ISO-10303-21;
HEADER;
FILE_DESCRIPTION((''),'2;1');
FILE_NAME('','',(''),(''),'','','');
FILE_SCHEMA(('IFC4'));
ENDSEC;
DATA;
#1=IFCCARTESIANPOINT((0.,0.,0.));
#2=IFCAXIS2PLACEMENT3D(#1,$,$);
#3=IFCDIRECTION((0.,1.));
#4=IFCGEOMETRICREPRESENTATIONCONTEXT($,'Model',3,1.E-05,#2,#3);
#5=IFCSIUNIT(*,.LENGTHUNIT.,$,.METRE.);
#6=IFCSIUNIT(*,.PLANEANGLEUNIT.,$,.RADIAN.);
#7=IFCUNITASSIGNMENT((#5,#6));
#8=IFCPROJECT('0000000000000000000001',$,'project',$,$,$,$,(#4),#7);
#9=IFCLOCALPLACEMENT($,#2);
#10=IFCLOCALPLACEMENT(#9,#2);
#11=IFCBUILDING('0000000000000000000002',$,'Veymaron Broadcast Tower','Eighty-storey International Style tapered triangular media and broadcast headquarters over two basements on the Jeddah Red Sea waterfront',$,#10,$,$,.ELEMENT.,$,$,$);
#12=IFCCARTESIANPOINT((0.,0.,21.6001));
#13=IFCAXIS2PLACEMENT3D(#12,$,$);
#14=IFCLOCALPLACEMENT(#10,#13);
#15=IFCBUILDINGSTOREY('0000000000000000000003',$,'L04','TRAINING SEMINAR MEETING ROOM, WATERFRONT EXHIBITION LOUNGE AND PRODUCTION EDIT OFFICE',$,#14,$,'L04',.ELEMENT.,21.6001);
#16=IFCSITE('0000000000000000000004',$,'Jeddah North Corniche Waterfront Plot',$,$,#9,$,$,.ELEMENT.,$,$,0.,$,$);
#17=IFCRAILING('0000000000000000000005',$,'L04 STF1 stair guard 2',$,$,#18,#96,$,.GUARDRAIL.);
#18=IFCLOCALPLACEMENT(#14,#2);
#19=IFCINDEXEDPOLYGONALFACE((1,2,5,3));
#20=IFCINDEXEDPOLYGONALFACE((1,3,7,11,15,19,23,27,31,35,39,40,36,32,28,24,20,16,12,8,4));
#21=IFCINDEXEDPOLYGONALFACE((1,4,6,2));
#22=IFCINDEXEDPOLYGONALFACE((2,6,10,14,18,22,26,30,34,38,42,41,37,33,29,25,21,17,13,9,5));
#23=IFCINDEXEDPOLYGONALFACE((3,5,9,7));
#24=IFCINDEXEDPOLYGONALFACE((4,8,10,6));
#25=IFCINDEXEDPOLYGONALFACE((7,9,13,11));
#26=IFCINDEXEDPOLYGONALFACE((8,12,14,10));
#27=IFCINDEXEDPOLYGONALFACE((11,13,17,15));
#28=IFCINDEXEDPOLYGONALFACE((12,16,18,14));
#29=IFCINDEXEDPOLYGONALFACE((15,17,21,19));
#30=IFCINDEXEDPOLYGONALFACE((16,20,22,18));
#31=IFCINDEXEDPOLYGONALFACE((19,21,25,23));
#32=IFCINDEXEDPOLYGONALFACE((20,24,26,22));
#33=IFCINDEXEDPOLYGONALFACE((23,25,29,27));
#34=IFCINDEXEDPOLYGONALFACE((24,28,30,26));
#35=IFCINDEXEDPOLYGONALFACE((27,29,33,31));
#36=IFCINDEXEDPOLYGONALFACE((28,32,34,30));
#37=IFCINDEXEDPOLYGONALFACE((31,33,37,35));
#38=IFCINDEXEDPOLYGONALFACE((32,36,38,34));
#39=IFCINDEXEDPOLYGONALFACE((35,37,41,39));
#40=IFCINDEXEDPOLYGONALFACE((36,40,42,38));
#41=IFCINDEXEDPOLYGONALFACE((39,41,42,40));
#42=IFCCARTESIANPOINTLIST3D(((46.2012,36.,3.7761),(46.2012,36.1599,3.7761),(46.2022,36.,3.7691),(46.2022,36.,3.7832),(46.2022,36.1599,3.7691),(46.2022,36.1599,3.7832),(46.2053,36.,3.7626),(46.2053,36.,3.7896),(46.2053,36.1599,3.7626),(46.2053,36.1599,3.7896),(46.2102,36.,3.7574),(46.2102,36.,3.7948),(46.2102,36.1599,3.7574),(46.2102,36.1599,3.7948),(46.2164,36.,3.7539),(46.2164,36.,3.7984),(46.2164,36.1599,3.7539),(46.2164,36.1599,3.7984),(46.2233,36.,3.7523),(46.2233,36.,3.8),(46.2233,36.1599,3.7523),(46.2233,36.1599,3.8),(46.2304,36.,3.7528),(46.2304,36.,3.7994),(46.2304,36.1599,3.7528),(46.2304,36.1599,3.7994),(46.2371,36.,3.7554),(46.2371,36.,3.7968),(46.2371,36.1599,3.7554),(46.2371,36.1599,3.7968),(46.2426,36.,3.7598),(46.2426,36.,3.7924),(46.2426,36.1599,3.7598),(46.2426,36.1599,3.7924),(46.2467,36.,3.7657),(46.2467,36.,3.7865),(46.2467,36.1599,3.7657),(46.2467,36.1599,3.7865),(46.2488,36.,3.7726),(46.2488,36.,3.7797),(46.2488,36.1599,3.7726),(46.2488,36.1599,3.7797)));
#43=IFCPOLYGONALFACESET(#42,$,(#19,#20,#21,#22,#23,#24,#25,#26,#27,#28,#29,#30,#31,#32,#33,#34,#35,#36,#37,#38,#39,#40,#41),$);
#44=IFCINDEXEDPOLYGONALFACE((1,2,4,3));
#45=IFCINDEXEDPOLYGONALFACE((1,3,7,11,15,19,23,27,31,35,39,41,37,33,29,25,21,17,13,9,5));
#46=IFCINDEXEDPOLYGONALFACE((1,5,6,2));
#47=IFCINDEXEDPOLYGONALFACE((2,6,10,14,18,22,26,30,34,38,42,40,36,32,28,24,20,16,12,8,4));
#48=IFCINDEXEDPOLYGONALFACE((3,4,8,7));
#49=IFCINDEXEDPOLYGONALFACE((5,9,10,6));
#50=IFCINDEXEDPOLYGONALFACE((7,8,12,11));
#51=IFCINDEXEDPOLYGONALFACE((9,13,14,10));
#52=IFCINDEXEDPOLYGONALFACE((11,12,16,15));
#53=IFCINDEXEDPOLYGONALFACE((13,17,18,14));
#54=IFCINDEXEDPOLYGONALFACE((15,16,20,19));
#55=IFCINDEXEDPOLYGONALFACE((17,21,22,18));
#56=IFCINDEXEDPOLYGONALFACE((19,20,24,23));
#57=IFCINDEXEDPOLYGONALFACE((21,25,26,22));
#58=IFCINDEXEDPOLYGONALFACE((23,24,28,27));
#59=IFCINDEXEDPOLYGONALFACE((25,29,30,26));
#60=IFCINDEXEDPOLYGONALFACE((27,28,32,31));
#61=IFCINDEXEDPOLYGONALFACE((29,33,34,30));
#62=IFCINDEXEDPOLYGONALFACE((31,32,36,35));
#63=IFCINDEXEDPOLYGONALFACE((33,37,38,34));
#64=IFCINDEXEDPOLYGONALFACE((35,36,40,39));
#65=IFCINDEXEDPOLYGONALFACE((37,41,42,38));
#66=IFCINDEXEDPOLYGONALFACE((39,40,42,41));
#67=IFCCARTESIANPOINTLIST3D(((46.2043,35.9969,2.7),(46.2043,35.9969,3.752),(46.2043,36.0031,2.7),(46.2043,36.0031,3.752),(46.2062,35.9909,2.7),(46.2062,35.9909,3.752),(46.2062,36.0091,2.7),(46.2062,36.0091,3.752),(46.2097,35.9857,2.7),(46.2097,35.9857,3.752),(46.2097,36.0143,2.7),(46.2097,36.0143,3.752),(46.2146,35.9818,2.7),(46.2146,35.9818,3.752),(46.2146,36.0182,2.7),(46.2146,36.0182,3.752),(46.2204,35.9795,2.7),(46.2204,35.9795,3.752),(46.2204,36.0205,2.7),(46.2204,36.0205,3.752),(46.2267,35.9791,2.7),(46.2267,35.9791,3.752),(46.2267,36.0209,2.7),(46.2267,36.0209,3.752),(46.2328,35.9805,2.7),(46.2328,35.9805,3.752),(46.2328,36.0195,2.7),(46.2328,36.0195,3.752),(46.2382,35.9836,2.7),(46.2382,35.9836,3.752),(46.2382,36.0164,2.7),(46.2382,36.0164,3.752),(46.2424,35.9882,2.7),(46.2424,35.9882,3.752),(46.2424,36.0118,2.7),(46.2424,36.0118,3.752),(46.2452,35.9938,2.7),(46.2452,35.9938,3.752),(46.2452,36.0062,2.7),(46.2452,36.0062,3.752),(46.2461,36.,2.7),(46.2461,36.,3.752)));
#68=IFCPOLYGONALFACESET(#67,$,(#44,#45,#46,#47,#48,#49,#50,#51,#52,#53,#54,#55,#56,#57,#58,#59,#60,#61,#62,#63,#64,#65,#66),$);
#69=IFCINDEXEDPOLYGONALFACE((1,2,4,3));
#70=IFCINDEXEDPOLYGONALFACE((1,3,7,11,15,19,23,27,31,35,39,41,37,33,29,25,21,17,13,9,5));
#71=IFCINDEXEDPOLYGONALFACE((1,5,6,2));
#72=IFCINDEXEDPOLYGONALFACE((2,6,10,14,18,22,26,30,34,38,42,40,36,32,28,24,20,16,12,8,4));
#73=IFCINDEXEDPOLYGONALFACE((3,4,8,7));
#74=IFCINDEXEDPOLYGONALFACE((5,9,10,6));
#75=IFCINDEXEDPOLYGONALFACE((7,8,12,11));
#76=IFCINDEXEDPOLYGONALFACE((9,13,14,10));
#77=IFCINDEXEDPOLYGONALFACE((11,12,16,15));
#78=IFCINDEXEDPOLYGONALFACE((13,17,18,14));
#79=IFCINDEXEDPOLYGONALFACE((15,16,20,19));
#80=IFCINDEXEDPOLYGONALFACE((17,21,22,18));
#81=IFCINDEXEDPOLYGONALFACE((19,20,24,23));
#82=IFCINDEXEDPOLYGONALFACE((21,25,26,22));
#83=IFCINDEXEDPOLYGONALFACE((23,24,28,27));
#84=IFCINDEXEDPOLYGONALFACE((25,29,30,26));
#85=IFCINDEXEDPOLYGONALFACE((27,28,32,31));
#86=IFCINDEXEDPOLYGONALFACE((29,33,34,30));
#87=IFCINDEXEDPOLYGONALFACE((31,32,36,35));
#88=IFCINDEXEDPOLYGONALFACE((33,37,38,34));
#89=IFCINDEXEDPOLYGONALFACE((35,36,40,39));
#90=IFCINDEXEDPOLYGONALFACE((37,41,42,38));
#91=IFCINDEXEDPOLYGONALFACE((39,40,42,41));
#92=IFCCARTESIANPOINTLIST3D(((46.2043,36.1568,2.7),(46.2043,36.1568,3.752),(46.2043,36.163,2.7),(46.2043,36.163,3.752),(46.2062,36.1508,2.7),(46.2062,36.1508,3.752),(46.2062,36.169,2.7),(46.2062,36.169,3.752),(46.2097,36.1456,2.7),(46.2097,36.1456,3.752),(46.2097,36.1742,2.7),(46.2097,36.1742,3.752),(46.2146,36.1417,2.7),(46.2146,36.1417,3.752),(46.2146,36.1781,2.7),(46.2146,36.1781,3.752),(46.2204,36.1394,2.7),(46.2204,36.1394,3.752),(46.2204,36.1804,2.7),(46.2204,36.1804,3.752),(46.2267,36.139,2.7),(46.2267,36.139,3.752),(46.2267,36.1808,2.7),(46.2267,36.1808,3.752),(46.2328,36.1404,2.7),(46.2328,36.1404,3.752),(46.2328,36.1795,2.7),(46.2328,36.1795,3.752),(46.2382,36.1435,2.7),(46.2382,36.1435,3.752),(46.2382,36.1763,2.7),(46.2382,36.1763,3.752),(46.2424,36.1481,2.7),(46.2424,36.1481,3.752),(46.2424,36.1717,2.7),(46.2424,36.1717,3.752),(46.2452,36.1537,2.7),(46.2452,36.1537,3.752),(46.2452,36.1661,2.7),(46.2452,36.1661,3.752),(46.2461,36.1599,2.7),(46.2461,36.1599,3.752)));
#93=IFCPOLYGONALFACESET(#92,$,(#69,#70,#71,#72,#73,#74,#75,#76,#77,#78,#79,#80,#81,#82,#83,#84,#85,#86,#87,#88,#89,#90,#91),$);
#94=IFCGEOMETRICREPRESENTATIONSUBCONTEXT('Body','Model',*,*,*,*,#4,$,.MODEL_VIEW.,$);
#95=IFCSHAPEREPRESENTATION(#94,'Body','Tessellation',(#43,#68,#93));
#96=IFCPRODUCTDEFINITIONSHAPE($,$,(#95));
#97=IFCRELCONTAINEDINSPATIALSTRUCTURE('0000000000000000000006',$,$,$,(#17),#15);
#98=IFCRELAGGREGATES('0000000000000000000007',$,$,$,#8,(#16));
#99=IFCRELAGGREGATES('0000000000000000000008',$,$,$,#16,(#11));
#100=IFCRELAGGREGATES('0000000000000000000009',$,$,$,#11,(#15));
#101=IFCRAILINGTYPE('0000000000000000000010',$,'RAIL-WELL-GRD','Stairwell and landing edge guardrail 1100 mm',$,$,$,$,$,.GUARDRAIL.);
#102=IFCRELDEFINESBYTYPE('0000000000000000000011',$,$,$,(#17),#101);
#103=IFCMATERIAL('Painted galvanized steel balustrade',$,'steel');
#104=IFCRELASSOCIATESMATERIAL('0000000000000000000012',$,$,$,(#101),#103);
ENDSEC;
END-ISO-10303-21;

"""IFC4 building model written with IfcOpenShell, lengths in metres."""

from ifc_helpers import new_model, si_unit, direction, frame, origin, origin_2d, place, context, subcontext, project, spatial, circle, extrude, material, type_object, element, save


model = new_model("IFC4")

# Units and contexts
model_context = context("Model", 3, precision=1e-05, world=origin(), true_north=direction((0.0, 1.0)))
body_context = subcontext(model_context, "Body", "Model", "MODEL_VIEW")
ifc_project = project(units=[si_unit("LENGTHUNIT", "METRE"), si_unit("PLANEANGLEUNIT", "RADIAN")], contexts=[model_context])

# Site, building, storey
site_placement = place(None, origin())
site = spatial("IfcSite", under=ifc_project, at=site_placement, Name="Jeddah North Corniche Waterfront Plot", CompositionType="ELEMENT", RefElevation=0.0)
building_placement = place(site_placement, origin())
building = spatial("IfcBuilding", under=site, at=building_placement, Name="Veymaron Broadcast Tower", Description="Eighty-storey International Style tapered triangular media and broadcast headquarters over two basements on the Jeddah Red Sea waterfront", CompositionType="ELEMENT")
storey_placement = place(building_placement, frame((0.0, 0.0, 21.6001)))
storey = spatial("IfcBuildingStorey", under=building, at=storey_placement, Name="L04", Description="TRAINING SEMINAR MEETING ROOM, WATERFRONT EXHIBITION LOUNGE AND PRODUCTION EDIT OFFICE", LongName="L04", CompositionType="ELEMENT", Elevation=21.6001)

# Railing
ifc_material_1 = material(Name="Painted galvanized steel balustrade", Category="steel")
railing_type_1 = type_object("IfcRailingType", Name="RAIL-WELL-GRD", Description="Stairwell and landing edge guardrail 1100 mm", PredefinedType="GUARDRAIL", material=ifc_material_1)
railing_1_placement = place(storey_placement, frame((46.2251, 36.0, 2.7)))
element("IfcRailing", 1, at=railing_1_placement, inside=storey, type_object=railing_type_1, Name="L04 STF1 stair guard 2", PredefinedType="GUARDRAIL", context=body_context, shape_type="SweptSolid", body=[
    extrude(circle(Radius=0.0239, at=origin_2d()), frame((0.0, 0.0, 1.0762), z_axis=(0.0, 1.0, 0.0), x_axis=(-1.0, 0.0, 0.0)), (0.0, 0.0, 1.0), 0.1599),
    extrude(circle(Radius=0.021, at=origin_2d()), origin(), (0.0, 0.0, 1.0), 1.052),
    extrude(circle(Radius=0.021, at=origin_2d()), frame((0.0, 0.1599, 0.0)), (0.0, 0.0, 1.0), 1.052),
])

save(model, "model.ifc")
